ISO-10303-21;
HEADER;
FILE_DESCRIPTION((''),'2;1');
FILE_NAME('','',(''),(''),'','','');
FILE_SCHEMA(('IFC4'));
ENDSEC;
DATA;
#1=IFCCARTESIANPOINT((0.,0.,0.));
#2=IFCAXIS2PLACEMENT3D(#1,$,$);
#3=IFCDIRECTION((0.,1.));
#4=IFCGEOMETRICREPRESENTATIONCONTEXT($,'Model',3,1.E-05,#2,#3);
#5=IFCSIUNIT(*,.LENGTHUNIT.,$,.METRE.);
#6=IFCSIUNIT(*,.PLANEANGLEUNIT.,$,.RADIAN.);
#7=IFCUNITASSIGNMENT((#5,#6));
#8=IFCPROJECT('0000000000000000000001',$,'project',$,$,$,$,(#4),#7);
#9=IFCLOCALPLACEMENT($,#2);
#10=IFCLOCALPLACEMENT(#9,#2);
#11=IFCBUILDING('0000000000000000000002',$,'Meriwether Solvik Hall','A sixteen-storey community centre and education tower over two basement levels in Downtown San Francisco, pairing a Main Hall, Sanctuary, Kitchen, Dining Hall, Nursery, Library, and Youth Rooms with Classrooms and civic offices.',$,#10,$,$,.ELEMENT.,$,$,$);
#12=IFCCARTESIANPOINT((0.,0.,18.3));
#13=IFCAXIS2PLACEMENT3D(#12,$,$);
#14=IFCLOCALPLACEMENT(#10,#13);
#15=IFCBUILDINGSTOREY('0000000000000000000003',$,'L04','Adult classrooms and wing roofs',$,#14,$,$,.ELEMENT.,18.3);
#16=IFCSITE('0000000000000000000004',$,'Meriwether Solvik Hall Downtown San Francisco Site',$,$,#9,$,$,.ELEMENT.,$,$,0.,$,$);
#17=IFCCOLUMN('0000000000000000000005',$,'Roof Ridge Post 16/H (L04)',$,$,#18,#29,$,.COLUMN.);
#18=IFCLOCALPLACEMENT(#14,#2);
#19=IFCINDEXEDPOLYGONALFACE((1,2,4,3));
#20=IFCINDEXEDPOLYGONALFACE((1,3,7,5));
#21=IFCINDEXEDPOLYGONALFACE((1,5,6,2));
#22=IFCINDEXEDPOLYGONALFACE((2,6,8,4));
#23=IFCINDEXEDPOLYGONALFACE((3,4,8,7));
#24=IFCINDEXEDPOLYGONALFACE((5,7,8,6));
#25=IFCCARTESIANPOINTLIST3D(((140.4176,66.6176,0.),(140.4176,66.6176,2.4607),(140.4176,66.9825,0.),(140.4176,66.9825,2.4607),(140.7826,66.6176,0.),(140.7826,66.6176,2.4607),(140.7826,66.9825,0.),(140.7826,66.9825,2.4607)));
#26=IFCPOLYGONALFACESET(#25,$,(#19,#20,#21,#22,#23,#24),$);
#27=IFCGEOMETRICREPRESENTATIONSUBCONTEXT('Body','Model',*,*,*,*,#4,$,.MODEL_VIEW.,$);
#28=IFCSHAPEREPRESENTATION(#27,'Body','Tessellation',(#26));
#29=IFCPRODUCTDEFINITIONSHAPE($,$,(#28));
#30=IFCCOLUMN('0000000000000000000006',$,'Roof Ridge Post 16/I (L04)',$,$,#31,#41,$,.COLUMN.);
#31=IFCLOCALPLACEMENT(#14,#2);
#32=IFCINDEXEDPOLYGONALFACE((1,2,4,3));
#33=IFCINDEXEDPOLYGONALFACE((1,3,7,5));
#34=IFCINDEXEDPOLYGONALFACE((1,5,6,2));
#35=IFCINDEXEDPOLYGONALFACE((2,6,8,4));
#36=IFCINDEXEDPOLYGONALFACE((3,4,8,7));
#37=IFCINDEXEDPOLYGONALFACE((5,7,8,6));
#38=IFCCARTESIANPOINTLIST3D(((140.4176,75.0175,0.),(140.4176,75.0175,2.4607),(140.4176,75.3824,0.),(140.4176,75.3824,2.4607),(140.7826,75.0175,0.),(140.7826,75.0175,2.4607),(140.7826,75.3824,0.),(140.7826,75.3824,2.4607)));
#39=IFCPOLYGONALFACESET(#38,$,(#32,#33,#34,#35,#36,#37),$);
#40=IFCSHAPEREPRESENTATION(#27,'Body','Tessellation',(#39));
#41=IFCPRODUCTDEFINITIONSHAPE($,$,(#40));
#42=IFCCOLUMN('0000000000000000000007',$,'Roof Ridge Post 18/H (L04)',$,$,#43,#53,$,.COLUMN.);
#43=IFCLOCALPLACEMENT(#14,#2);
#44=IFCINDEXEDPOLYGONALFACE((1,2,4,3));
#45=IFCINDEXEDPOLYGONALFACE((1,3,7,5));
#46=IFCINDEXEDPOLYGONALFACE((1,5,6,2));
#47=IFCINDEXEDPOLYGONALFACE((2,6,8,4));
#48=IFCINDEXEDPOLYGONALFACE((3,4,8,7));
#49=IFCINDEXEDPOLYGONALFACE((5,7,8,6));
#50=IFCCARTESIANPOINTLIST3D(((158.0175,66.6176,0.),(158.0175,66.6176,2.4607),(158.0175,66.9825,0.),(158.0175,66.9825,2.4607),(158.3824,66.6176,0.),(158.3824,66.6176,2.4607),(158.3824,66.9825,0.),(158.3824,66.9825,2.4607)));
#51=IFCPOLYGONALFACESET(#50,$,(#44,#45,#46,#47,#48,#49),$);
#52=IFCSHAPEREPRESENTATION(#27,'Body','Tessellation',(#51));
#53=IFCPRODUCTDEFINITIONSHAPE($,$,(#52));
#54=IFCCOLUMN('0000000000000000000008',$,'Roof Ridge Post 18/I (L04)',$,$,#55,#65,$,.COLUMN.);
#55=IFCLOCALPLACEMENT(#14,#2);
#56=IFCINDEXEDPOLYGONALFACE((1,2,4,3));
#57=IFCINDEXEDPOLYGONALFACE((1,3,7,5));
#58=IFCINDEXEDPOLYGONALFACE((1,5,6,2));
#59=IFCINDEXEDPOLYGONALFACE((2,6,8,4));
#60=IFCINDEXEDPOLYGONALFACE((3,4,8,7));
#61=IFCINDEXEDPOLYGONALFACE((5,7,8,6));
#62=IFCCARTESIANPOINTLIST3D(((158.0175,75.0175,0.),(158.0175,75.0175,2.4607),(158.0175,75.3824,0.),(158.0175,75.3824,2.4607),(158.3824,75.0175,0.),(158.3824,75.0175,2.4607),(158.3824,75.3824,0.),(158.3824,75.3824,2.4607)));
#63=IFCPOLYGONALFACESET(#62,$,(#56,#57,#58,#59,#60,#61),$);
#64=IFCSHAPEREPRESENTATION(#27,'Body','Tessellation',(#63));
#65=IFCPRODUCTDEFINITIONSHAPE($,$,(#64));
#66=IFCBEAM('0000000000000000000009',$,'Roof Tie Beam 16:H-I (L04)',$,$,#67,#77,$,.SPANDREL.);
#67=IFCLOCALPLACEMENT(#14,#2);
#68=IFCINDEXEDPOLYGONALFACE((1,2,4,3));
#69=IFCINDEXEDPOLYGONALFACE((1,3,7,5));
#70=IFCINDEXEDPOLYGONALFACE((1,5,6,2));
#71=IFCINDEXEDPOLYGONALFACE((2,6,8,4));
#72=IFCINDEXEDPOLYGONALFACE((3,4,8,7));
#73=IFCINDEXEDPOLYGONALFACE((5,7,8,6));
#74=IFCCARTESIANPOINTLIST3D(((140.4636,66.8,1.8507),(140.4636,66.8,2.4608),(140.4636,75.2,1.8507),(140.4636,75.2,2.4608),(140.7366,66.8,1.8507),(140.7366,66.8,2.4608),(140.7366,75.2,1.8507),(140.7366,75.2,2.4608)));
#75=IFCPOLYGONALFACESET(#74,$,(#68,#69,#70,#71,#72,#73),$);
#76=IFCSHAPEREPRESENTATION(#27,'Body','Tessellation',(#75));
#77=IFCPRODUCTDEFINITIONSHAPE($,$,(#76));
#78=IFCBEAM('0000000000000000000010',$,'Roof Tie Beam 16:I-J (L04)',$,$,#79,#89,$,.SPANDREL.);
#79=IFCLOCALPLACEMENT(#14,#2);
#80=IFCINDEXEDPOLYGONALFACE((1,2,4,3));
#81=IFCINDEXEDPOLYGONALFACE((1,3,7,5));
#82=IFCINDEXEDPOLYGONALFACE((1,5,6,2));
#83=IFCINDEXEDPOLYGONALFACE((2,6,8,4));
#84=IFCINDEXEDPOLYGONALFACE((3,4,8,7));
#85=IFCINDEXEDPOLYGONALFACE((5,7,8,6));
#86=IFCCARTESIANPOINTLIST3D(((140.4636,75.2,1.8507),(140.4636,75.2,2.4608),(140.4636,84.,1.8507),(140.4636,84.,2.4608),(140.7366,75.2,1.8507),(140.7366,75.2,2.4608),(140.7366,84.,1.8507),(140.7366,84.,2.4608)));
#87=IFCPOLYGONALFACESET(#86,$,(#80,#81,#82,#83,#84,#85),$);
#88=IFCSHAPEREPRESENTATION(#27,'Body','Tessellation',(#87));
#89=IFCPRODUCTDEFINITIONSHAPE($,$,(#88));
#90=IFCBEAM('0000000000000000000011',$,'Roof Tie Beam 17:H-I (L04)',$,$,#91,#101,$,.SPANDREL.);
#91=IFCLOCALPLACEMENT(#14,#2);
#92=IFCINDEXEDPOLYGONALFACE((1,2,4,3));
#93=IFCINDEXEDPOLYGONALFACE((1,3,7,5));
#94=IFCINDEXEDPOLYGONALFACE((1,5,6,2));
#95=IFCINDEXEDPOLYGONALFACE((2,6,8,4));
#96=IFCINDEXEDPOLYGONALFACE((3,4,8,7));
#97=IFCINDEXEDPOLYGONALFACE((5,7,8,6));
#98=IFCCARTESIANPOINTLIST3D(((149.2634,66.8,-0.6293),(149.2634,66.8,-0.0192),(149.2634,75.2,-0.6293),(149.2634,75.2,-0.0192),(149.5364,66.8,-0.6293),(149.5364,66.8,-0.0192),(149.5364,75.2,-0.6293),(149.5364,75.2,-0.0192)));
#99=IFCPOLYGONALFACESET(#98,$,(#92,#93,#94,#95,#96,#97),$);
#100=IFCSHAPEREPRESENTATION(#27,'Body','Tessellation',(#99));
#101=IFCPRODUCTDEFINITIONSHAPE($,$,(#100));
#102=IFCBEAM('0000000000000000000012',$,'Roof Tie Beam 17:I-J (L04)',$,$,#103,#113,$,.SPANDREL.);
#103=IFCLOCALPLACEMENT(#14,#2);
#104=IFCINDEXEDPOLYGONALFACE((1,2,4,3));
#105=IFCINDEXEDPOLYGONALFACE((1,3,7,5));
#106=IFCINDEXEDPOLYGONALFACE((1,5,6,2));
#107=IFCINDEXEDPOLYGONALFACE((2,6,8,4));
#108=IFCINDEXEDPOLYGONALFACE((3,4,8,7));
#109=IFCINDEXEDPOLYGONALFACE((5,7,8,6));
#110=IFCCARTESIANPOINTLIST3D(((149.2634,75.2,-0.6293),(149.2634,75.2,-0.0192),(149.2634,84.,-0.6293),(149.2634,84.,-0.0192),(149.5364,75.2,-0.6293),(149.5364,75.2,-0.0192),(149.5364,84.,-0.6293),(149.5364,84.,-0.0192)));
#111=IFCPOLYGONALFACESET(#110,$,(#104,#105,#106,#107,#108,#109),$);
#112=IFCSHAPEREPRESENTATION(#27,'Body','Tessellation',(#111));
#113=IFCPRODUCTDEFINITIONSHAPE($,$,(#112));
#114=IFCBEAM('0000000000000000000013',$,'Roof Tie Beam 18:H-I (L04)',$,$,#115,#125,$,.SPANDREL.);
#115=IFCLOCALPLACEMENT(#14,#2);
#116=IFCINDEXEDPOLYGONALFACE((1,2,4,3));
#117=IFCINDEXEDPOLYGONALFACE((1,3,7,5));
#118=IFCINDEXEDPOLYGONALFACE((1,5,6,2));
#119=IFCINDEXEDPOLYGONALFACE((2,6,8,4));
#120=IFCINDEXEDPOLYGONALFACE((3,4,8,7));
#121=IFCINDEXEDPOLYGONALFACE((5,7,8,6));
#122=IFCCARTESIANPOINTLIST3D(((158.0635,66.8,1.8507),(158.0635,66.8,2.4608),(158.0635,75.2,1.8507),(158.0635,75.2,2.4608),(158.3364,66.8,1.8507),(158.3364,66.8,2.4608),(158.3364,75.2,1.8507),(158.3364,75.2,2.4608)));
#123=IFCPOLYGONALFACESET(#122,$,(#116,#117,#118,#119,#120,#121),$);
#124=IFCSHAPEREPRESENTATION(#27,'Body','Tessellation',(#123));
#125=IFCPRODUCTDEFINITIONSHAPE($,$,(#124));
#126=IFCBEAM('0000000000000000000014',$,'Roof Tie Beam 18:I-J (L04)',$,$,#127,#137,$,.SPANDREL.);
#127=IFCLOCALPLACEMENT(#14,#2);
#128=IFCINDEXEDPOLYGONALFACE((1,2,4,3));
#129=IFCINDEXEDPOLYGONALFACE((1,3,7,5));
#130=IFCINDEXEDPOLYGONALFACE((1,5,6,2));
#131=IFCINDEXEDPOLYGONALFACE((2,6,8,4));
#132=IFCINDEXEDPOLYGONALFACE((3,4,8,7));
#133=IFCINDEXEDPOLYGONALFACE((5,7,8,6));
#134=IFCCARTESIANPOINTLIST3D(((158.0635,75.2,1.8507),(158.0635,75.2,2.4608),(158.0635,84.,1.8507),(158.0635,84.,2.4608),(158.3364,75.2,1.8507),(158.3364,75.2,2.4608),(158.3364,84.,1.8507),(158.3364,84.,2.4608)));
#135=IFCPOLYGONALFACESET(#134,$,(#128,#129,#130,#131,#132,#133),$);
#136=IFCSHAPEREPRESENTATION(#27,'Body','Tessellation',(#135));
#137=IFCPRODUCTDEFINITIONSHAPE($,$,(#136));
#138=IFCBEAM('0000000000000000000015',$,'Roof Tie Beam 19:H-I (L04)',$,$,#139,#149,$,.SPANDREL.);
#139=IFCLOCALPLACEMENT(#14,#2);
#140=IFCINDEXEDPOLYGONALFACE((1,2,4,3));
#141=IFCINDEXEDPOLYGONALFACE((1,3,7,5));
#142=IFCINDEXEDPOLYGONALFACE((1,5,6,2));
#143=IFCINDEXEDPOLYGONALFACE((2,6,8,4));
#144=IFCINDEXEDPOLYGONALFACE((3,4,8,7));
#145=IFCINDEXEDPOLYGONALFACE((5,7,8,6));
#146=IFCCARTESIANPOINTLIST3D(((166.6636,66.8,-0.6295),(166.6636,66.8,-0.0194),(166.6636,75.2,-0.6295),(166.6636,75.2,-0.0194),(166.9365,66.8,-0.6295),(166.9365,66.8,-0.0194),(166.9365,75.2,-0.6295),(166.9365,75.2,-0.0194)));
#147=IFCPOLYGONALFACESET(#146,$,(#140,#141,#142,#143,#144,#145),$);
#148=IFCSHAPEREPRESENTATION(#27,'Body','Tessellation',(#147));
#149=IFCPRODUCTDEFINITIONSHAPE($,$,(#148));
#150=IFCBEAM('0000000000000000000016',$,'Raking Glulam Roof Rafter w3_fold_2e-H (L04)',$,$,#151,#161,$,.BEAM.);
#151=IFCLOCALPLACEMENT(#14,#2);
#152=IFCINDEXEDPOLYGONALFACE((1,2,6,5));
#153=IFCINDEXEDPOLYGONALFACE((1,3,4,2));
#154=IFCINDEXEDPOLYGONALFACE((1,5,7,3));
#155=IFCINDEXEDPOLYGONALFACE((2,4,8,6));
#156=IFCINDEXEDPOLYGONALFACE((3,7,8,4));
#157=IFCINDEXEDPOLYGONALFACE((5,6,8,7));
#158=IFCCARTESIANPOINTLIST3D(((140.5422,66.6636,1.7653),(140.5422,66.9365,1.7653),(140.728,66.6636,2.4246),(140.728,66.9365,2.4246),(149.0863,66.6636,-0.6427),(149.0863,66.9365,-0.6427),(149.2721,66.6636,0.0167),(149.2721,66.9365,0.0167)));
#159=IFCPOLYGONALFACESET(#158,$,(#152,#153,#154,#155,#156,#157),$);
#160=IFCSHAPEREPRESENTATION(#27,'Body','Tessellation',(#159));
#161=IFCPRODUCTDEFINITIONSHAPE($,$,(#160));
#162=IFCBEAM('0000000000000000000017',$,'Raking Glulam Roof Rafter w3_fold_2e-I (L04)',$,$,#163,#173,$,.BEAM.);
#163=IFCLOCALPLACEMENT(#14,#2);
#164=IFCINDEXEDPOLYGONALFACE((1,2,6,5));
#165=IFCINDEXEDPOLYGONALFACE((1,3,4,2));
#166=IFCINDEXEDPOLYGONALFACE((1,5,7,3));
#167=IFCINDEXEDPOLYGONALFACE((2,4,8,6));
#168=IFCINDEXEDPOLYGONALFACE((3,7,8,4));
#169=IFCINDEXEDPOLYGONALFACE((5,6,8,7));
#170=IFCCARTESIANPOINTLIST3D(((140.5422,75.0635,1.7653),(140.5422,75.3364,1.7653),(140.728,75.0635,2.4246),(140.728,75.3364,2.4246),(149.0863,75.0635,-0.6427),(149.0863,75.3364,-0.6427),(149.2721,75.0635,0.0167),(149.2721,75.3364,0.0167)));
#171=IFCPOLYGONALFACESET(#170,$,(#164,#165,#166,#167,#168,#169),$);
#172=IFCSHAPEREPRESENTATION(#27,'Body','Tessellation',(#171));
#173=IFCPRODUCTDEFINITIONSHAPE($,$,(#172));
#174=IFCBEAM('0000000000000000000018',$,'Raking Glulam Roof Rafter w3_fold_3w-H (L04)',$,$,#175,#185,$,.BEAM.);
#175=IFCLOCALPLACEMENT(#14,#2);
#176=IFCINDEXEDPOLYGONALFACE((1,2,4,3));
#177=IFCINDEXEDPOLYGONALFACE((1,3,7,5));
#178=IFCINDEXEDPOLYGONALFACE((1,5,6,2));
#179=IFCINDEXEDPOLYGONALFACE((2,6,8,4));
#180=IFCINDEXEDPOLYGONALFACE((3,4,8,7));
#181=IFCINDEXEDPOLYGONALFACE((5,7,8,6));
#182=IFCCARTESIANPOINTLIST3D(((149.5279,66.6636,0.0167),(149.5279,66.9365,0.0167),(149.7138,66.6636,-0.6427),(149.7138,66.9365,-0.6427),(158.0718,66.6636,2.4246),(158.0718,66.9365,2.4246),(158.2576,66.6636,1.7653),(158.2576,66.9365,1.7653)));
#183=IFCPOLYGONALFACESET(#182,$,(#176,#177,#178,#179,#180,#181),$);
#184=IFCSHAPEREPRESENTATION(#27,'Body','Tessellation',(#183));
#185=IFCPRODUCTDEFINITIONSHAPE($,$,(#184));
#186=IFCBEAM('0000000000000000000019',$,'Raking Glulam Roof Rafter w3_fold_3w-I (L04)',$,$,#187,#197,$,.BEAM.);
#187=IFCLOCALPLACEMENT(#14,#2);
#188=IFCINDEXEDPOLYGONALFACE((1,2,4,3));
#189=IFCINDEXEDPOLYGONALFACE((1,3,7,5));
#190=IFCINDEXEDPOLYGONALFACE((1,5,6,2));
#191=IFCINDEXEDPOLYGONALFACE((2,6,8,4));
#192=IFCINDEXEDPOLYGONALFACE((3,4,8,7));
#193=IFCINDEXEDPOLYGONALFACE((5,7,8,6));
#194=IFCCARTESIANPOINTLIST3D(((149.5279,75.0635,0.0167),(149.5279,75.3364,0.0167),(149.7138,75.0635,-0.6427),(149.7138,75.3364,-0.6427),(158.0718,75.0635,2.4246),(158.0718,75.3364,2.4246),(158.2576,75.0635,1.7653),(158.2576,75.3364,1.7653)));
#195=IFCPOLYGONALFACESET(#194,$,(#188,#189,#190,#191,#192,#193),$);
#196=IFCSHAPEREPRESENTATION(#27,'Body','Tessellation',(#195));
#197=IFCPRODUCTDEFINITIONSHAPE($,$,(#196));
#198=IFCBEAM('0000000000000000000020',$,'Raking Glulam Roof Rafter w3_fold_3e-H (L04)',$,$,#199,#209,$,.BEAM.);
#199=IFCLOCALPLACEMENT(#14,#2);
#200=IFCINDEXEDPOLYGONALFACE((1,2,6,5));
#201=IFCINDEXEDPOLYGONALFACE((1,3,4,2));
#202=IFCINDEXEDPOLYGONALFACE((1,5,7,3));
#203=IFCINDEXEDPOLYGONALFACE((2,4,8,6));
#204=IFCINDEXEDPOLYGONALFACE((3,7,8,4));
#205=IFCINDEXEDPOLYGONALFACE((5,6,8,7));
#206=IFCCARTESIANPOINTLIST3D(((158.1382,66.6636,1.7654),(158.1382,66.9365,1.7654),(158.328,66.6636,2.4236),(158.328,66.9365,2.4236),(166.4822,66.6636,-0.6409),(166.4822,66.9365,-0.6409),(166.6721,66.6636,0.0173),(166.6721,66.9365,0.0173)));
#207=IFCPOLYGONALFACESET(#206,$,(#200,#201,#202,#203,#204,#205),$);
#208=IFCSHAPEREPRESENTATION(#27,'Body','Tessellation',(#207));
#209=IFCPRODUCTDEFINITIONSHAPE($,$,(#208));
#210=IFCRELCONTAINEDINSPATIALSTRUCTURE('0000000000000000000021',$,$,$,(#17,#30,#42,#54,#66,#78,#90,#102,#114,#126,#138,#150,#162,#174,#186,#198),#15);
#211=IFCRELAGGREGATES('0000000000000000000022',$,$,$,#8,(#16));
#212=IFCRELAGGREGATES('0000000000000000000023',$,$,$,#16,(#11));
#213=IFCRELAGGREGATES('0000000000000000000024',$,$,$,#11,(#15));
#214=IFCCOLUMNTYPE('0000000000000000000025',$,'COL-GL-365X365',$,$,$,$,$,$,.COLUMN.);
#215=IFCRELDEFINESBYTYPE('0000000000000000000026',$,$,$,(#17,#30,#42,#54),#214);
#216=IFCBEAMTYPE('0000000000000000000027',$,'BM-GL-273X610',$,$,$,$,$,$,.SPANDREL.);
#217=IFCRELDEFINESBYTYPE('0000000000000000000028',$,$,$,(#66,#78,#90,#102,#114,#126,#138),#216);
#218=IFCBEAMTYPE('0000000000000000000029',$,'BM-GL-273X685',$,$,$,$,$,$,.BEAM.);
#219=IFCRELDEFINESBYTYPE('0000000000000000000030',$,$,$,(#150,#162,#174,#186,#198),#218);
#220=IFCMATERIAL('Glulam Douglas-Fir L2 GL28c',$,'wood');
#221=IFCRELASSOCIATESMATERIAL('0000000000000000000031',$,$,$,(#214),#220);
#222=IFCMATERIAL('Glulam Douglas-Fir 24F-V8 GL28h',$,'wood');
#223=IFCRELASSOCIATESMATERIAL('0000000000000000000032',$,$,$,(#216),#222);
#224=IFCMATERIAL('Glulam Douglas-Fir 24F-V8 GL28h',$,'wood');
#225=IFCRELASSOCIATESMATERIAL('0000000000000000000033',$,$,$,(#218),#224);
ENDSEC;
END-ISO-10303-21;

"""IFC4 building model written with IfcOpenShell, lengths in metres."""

from ifc_helpers import new_model, si_unit, direction, frame, origin, origin_2d, place, context, subcontext, project, spatial, rectangle, extrude, material, material_profile, profile_set, type_object, element, save


model = new_model("IFC4")

# Units and contexts
model_context = context("Model", 3, precision=1e-05, world=origin(), true_north=direction((0.0, 1.0)))
body_context = subcontext(model_context, "Body", "Model", "MODEL_VIEW")
ifc_project = project(units=[si_unit("LENGTHUNIT", "METRE"), si_unit("PLANEANGLEUNIT", "RADIAN")], contexts=[model_context])

# Site, building, storey
site_placement = place(None, origin())
site = spatial("IfcSite", under=ifc_project, at=site_placement, Name="Meriwether Solvik Hall Downtown San Francisco Site", CompositionType="ELEMENT", RefElevation=0.0)
building_placement = place(site_placement, origin())
building = spatial("IfcBuilding", under=site, at=building_placement, Name="Meriwether Solvik Hall", Description="A sixteen-storey community centre and education tower over two basement levels in Downtown San Francisco, pairing a Main Hall, Sanctuary, Kitchen, Dining Hall, Nursery, Library, and Youth Rooms with Classrooms and civic offices.", CompositionType="ELEMENT")
storey_placement = place(building_placement, frame((0.0, 0.0, 18.3)))
storey = spatial("IfcBuildingStorey", under=building, at=storey_placement, Name="L04", Description="Adult classrooms and wing roofs", CompositionType="ELEMENT", Elevation=18.3)

# Columns
ifc_material_1 = material(Name="Glulam Douglas-Fir L2 GL28c", Category="wood")
ifc_material_profile_1 = material_profile(ifc_material_1, rectangle(XDim=0.365, YDim=0.365, at=origin_2d()), Name="GLC-365X365")
ifc_profile_set_1 = profile_set([ifc_material_profile_1], Name="Glulam Douglas-Fir L2 GL28c")
column_type = type_object("IfcColumnType", Name="COL-GL-365X365", PredefinedType="COLUMN", material=ifc_profile_set_1)
for number, where, z_axis, x_axis, name in (
    (1, (140.6001, 66.8, 0.0), (0.0, 0.0, 1.0), (1.0, 0.0, 0.0), "Roof Ridge Post 16/H (L04)"),
    (2, (140.6001, 75.2, 0.0), (0.0, 0.0, 1.0), (1.0, 0.0, 0.0), "Roof Ridge Post 16/I (L04)"),
    (3, (158.2, 66.8, 0.0), (0.0, 0.0, 1.0), (1.0, 0.0, 0.0), "Roof Ridge Post 18/H (L04)"),
    (4, (158.2, 75.2, 0.0), (0.0, 0.0, 1.0), (1.0, 0.0, 0.0), "Roof Ridge Post 18/I (L04)"),
):
    element("IfcColumn", number, at=place(storey_placement, frame(where, z_axis=z_axis, x_axis=x_axis)), inside=storey, type_object=column_type, Name=name, PredefinedType="COLUMN", context=body_context, shape_type="SweptSolid", body=[
        extrude(rectangle(XDim=0.365, YDim=0.365, at=origin_2d()), origin(), (0.0, 0.0, 1.0), 2.4607),
    ])

# Beams
ifc_material_2 = material(Name="Glulam Douglas-Fir 24F-V8 GL28h", Category="wood")
ifc_material_profile_2 = material_profile(ifc_material_2, rectangle(XDim=0.2729, YDim=0.6101, at=origin_2d()), Name="GLB-273X610")
ifc_profile_set_2 = profile_set([ifc_material_profile_2], Name="Glulam Douglas-Fir 24F-V8 GL28h")
beam_type_1 = type_object("IfcBeamType", Name="BM-GL-273X610", PredefinedType="SPANDREL", material=ifc_profile_set_2)
beam_1_placement = place(storey_placement, frame((140.6001, 66.8, 2.1558), z_axis=(0.0, 1.0, 0.0), x_axis=(-1.0, 0.0, 0.0)))
element("IfcBeam", 5, at=beam_1_placement, inside=storey, type_object=beam_type_1, Name="Roof Tie Beam 16:H-I (L04)", PredefinedType="SPANDREL", context=body_context, shape_type="SweptSolid", body=[
    extrude(rectangle(XDim=0.2729, YDim=0.6101, at=origin_2d()), origin(), (0.0, 0.0, 1.0), 8.3999),
])
beam_2_placement = place(storey_placement, frame((140.6001, 75.2, 2.1558), z_axis=(0.0, 1.0, 0.0), x_axis=(-1.0, 0.0, 0.0)))
element("IfcBeam", 6, at=beam_2_placement, inside=storey, type_object=beam_type_1, Name="Roof Tie Beam 16:I-J (L04)", PredefinedType="SPANDREL", context=body_context, shape_type="SweptSolid", body=[
    extrude(rectangle(XDim=0.2729, YDim=0.6101, at=origin_2d()), origin(), (0.0, 0.0, 1.0), 8.8),
])
beam_3_placement = place(storey_placement, frame((149.3999, 66.8, -0.3242), z_axis=(0.0, 1.0, 0.0), x_axis=(-1.0, 0.0, 0.0)))
element("IfcBeam", 7, at=beam_3_placement, inside=storey, type_object=beam_type_1, Name="Roof Tie Beam 17:H-I (L04)", PredefinedType="SPANDREL", context=body_context, shape_type="SweptSolid", body=[
    extrude(rectangle(XDim=0.2729, YDim=0.6101, at=origin_2d()), origin(), (0.0, 0.0, 1.0), 8.3999),
])
beam_4_placement = place(storey_placement, frame((149.3999, 75.2, -0.3242), z_axis=(0.0, 1.0, 0.0), x_axis=(-1.0, 0.0, 0.0)))
element("IfcBeam", 8, at=beam_4_placement, inside=storey, type_object=beam_type_1, Name="Roof Tie Beam 17:I-J (L04)", PredefinedType="SPANDREL", context=body_context, shape_type="SweptSolid", body=[
    extrude(rectangle(XDim=0.2729, YDim=0.6101, at=origin_2d()), origin(), (0.0, 0.0, 1.0), 8.8),
])
beam_5_placement = place(storey_placement, frame((158.2, 66.8, 2.1558), z_axis=(0.0, 1.0, 0.0), x_axis=(-1.0, 0.0, 0.0)))
element("IfcBeam", 9, at=beam_5_placement, inside=storey, type_object=beam_type_1, Name="Roof Tie Beam 18:H-I (L04)", PredefinedType="SPANDREL", context=body_context, shape_type="SweptSolid", body=[
    extrude(rectangle(XDim=0.2729, YDim=0.6101, at=origin_2d()), origin(), (0.0, 0.0, 1.0), 8.3999),
])
beam_6_placement = place(storey_placement, frame((158.2, 75.2, 2.1558), z_axis=(0.0, 1.0, 0.0), x_axis=(-1.0, 0.0, 0.0)))
element("IfcBeam", 10, at=beam_6_placement, inside=storey, type_object=beam_type_1, Name="Roof Tie Beam 18:I-J (L04)", PredefinedType="SPANDREL", context=body_context, shape_type="SweptSolid", body=[
    extrude(rectangle(XDim=0.2729, YDim=0.6101, at=origin_2d()), origin(), (0.0, 0.0, 1.0), 8.8),
])
beam_7_placement = place(storey_placement, frame((166.8, 66.8, -0.3245), z_axis=(0.0, 1.0, 0.0), x_axis=(-1.0, 0.0, 0.0)))
element("IfcBeam", 11, at=beam_7_placement, inside=storey, type_object=beam_type_1, Name="Roof Tie Beam 19:H-I (L04)", PredefinedType="SPANDREL", context=body_context, shape_type="SweptSolid", body=[
    extrude(rectangle(XDim=0.2729, YDim=0.6101, at=origin_2d()), origin(), (0.0, 0.0, 1.0), 8.3999),
])
ifc_material_3 = material(Name="Glulam Douglas-Fir 24F-V8 GL28h", Category="wood")
ifc_material_profile_3 = material_profile(ifc_material_3, rectangle(XDim=0.2729, YDim=0.6851, at=origin_2d()), Name="GLB-273X685")
ifc_profile_set_3 = profile_set([ifc_material_profile_3], Name="Glulam Douglas-Fir 24F-V8 GL28h")
beam_type_2 = type_object("IfcBeamType", Name="BM-GL-273X685", PredefinedType="BEAM", material=ifc_profile_set_3)
for number, where, z_axis, x_axis, name in (
    (12, (149.1792, 66.8, -0.313), (-0.962507, 0.0, 0.271258), (0.0, -1.0, 0.0), "Raking Glulam Roof Rafter w3_fold_2e-H (L04)"),
    (13, (149.1792, 75.2, -0.313), (-0.962507, 0.0, 0.271258), (0.0, -1.0, 0.0), "Raking Glulam Roof Rafter w3_fold_2e-I (L04)"),
):
    element("IfcBeam", number, at=place(storey_placement, frame(where, z_axis=z_axis, x_axis=x_axis)), inside=storey, type_object=beam_type_2, Name=name, PredefinedType="BEAM", context=body_context, shape_type="SweptSolid", body=[
        extrude(rectangle(XDim=0.2729, YDim=0.6851, at=origin_2d()), origin(), (0.0, 0.0, 1.0), 8.877),
    ])
for number, where, z_axis, x_axis, name in (
    (14, (149.6208, 66.8, -0.313), (0.962505, 0.0, 0.271265), (0.0, 1.0, 0.0), "Raking Glulam Roof Rafter w3_fold_3w-H (L04)"),
    (15, (149.6208, 75.2, -0.313), (0.962505, 0.0, 0.271265), (0.0, 1.0, 0.0), "Raking Glulam Roof Rafter w3_fold_3w-I (L04)"),
):
    element("IfcBeam", number, at=place(storey_placement, frame(where, z_axis=z_axis, x_axis=x_axis)), inside=storey, type_object=beam_type_2, Name=name, PredefinedType="BEAM", context=body_context, shape_type="SweptSolid", body=[
        extrude(rectangle(XDim=0.2729, YDim=0.6851, at=origin_2d()), origin(), (0.0, 0.0, 1.0), 8.8767),
    ])
beam_8_placement = place(storey_placement, frame((166.5771, 66.8, -0.3118), z_axis=(-0.960844, 0.0, 0.277089), x_axis=(0.0, -1.0, 0.0)))
element("IfcBeam", 16, at=beam_8_placement, inside=storey, type_object=beam_type_2, Name="Raking Glulam Roof Rafter w3_fold_3e-H (L04)", PredefinedType="BEAM", context=body_context, shape_type="SweptSolid", body=[
    extrude(rectangle(XDim=0.2729, YDim=0.6851, at=origin_2d()), origin(), (0.0, 0.0, 1.0), 8.6841),
])

save(model, "model.ifc")
